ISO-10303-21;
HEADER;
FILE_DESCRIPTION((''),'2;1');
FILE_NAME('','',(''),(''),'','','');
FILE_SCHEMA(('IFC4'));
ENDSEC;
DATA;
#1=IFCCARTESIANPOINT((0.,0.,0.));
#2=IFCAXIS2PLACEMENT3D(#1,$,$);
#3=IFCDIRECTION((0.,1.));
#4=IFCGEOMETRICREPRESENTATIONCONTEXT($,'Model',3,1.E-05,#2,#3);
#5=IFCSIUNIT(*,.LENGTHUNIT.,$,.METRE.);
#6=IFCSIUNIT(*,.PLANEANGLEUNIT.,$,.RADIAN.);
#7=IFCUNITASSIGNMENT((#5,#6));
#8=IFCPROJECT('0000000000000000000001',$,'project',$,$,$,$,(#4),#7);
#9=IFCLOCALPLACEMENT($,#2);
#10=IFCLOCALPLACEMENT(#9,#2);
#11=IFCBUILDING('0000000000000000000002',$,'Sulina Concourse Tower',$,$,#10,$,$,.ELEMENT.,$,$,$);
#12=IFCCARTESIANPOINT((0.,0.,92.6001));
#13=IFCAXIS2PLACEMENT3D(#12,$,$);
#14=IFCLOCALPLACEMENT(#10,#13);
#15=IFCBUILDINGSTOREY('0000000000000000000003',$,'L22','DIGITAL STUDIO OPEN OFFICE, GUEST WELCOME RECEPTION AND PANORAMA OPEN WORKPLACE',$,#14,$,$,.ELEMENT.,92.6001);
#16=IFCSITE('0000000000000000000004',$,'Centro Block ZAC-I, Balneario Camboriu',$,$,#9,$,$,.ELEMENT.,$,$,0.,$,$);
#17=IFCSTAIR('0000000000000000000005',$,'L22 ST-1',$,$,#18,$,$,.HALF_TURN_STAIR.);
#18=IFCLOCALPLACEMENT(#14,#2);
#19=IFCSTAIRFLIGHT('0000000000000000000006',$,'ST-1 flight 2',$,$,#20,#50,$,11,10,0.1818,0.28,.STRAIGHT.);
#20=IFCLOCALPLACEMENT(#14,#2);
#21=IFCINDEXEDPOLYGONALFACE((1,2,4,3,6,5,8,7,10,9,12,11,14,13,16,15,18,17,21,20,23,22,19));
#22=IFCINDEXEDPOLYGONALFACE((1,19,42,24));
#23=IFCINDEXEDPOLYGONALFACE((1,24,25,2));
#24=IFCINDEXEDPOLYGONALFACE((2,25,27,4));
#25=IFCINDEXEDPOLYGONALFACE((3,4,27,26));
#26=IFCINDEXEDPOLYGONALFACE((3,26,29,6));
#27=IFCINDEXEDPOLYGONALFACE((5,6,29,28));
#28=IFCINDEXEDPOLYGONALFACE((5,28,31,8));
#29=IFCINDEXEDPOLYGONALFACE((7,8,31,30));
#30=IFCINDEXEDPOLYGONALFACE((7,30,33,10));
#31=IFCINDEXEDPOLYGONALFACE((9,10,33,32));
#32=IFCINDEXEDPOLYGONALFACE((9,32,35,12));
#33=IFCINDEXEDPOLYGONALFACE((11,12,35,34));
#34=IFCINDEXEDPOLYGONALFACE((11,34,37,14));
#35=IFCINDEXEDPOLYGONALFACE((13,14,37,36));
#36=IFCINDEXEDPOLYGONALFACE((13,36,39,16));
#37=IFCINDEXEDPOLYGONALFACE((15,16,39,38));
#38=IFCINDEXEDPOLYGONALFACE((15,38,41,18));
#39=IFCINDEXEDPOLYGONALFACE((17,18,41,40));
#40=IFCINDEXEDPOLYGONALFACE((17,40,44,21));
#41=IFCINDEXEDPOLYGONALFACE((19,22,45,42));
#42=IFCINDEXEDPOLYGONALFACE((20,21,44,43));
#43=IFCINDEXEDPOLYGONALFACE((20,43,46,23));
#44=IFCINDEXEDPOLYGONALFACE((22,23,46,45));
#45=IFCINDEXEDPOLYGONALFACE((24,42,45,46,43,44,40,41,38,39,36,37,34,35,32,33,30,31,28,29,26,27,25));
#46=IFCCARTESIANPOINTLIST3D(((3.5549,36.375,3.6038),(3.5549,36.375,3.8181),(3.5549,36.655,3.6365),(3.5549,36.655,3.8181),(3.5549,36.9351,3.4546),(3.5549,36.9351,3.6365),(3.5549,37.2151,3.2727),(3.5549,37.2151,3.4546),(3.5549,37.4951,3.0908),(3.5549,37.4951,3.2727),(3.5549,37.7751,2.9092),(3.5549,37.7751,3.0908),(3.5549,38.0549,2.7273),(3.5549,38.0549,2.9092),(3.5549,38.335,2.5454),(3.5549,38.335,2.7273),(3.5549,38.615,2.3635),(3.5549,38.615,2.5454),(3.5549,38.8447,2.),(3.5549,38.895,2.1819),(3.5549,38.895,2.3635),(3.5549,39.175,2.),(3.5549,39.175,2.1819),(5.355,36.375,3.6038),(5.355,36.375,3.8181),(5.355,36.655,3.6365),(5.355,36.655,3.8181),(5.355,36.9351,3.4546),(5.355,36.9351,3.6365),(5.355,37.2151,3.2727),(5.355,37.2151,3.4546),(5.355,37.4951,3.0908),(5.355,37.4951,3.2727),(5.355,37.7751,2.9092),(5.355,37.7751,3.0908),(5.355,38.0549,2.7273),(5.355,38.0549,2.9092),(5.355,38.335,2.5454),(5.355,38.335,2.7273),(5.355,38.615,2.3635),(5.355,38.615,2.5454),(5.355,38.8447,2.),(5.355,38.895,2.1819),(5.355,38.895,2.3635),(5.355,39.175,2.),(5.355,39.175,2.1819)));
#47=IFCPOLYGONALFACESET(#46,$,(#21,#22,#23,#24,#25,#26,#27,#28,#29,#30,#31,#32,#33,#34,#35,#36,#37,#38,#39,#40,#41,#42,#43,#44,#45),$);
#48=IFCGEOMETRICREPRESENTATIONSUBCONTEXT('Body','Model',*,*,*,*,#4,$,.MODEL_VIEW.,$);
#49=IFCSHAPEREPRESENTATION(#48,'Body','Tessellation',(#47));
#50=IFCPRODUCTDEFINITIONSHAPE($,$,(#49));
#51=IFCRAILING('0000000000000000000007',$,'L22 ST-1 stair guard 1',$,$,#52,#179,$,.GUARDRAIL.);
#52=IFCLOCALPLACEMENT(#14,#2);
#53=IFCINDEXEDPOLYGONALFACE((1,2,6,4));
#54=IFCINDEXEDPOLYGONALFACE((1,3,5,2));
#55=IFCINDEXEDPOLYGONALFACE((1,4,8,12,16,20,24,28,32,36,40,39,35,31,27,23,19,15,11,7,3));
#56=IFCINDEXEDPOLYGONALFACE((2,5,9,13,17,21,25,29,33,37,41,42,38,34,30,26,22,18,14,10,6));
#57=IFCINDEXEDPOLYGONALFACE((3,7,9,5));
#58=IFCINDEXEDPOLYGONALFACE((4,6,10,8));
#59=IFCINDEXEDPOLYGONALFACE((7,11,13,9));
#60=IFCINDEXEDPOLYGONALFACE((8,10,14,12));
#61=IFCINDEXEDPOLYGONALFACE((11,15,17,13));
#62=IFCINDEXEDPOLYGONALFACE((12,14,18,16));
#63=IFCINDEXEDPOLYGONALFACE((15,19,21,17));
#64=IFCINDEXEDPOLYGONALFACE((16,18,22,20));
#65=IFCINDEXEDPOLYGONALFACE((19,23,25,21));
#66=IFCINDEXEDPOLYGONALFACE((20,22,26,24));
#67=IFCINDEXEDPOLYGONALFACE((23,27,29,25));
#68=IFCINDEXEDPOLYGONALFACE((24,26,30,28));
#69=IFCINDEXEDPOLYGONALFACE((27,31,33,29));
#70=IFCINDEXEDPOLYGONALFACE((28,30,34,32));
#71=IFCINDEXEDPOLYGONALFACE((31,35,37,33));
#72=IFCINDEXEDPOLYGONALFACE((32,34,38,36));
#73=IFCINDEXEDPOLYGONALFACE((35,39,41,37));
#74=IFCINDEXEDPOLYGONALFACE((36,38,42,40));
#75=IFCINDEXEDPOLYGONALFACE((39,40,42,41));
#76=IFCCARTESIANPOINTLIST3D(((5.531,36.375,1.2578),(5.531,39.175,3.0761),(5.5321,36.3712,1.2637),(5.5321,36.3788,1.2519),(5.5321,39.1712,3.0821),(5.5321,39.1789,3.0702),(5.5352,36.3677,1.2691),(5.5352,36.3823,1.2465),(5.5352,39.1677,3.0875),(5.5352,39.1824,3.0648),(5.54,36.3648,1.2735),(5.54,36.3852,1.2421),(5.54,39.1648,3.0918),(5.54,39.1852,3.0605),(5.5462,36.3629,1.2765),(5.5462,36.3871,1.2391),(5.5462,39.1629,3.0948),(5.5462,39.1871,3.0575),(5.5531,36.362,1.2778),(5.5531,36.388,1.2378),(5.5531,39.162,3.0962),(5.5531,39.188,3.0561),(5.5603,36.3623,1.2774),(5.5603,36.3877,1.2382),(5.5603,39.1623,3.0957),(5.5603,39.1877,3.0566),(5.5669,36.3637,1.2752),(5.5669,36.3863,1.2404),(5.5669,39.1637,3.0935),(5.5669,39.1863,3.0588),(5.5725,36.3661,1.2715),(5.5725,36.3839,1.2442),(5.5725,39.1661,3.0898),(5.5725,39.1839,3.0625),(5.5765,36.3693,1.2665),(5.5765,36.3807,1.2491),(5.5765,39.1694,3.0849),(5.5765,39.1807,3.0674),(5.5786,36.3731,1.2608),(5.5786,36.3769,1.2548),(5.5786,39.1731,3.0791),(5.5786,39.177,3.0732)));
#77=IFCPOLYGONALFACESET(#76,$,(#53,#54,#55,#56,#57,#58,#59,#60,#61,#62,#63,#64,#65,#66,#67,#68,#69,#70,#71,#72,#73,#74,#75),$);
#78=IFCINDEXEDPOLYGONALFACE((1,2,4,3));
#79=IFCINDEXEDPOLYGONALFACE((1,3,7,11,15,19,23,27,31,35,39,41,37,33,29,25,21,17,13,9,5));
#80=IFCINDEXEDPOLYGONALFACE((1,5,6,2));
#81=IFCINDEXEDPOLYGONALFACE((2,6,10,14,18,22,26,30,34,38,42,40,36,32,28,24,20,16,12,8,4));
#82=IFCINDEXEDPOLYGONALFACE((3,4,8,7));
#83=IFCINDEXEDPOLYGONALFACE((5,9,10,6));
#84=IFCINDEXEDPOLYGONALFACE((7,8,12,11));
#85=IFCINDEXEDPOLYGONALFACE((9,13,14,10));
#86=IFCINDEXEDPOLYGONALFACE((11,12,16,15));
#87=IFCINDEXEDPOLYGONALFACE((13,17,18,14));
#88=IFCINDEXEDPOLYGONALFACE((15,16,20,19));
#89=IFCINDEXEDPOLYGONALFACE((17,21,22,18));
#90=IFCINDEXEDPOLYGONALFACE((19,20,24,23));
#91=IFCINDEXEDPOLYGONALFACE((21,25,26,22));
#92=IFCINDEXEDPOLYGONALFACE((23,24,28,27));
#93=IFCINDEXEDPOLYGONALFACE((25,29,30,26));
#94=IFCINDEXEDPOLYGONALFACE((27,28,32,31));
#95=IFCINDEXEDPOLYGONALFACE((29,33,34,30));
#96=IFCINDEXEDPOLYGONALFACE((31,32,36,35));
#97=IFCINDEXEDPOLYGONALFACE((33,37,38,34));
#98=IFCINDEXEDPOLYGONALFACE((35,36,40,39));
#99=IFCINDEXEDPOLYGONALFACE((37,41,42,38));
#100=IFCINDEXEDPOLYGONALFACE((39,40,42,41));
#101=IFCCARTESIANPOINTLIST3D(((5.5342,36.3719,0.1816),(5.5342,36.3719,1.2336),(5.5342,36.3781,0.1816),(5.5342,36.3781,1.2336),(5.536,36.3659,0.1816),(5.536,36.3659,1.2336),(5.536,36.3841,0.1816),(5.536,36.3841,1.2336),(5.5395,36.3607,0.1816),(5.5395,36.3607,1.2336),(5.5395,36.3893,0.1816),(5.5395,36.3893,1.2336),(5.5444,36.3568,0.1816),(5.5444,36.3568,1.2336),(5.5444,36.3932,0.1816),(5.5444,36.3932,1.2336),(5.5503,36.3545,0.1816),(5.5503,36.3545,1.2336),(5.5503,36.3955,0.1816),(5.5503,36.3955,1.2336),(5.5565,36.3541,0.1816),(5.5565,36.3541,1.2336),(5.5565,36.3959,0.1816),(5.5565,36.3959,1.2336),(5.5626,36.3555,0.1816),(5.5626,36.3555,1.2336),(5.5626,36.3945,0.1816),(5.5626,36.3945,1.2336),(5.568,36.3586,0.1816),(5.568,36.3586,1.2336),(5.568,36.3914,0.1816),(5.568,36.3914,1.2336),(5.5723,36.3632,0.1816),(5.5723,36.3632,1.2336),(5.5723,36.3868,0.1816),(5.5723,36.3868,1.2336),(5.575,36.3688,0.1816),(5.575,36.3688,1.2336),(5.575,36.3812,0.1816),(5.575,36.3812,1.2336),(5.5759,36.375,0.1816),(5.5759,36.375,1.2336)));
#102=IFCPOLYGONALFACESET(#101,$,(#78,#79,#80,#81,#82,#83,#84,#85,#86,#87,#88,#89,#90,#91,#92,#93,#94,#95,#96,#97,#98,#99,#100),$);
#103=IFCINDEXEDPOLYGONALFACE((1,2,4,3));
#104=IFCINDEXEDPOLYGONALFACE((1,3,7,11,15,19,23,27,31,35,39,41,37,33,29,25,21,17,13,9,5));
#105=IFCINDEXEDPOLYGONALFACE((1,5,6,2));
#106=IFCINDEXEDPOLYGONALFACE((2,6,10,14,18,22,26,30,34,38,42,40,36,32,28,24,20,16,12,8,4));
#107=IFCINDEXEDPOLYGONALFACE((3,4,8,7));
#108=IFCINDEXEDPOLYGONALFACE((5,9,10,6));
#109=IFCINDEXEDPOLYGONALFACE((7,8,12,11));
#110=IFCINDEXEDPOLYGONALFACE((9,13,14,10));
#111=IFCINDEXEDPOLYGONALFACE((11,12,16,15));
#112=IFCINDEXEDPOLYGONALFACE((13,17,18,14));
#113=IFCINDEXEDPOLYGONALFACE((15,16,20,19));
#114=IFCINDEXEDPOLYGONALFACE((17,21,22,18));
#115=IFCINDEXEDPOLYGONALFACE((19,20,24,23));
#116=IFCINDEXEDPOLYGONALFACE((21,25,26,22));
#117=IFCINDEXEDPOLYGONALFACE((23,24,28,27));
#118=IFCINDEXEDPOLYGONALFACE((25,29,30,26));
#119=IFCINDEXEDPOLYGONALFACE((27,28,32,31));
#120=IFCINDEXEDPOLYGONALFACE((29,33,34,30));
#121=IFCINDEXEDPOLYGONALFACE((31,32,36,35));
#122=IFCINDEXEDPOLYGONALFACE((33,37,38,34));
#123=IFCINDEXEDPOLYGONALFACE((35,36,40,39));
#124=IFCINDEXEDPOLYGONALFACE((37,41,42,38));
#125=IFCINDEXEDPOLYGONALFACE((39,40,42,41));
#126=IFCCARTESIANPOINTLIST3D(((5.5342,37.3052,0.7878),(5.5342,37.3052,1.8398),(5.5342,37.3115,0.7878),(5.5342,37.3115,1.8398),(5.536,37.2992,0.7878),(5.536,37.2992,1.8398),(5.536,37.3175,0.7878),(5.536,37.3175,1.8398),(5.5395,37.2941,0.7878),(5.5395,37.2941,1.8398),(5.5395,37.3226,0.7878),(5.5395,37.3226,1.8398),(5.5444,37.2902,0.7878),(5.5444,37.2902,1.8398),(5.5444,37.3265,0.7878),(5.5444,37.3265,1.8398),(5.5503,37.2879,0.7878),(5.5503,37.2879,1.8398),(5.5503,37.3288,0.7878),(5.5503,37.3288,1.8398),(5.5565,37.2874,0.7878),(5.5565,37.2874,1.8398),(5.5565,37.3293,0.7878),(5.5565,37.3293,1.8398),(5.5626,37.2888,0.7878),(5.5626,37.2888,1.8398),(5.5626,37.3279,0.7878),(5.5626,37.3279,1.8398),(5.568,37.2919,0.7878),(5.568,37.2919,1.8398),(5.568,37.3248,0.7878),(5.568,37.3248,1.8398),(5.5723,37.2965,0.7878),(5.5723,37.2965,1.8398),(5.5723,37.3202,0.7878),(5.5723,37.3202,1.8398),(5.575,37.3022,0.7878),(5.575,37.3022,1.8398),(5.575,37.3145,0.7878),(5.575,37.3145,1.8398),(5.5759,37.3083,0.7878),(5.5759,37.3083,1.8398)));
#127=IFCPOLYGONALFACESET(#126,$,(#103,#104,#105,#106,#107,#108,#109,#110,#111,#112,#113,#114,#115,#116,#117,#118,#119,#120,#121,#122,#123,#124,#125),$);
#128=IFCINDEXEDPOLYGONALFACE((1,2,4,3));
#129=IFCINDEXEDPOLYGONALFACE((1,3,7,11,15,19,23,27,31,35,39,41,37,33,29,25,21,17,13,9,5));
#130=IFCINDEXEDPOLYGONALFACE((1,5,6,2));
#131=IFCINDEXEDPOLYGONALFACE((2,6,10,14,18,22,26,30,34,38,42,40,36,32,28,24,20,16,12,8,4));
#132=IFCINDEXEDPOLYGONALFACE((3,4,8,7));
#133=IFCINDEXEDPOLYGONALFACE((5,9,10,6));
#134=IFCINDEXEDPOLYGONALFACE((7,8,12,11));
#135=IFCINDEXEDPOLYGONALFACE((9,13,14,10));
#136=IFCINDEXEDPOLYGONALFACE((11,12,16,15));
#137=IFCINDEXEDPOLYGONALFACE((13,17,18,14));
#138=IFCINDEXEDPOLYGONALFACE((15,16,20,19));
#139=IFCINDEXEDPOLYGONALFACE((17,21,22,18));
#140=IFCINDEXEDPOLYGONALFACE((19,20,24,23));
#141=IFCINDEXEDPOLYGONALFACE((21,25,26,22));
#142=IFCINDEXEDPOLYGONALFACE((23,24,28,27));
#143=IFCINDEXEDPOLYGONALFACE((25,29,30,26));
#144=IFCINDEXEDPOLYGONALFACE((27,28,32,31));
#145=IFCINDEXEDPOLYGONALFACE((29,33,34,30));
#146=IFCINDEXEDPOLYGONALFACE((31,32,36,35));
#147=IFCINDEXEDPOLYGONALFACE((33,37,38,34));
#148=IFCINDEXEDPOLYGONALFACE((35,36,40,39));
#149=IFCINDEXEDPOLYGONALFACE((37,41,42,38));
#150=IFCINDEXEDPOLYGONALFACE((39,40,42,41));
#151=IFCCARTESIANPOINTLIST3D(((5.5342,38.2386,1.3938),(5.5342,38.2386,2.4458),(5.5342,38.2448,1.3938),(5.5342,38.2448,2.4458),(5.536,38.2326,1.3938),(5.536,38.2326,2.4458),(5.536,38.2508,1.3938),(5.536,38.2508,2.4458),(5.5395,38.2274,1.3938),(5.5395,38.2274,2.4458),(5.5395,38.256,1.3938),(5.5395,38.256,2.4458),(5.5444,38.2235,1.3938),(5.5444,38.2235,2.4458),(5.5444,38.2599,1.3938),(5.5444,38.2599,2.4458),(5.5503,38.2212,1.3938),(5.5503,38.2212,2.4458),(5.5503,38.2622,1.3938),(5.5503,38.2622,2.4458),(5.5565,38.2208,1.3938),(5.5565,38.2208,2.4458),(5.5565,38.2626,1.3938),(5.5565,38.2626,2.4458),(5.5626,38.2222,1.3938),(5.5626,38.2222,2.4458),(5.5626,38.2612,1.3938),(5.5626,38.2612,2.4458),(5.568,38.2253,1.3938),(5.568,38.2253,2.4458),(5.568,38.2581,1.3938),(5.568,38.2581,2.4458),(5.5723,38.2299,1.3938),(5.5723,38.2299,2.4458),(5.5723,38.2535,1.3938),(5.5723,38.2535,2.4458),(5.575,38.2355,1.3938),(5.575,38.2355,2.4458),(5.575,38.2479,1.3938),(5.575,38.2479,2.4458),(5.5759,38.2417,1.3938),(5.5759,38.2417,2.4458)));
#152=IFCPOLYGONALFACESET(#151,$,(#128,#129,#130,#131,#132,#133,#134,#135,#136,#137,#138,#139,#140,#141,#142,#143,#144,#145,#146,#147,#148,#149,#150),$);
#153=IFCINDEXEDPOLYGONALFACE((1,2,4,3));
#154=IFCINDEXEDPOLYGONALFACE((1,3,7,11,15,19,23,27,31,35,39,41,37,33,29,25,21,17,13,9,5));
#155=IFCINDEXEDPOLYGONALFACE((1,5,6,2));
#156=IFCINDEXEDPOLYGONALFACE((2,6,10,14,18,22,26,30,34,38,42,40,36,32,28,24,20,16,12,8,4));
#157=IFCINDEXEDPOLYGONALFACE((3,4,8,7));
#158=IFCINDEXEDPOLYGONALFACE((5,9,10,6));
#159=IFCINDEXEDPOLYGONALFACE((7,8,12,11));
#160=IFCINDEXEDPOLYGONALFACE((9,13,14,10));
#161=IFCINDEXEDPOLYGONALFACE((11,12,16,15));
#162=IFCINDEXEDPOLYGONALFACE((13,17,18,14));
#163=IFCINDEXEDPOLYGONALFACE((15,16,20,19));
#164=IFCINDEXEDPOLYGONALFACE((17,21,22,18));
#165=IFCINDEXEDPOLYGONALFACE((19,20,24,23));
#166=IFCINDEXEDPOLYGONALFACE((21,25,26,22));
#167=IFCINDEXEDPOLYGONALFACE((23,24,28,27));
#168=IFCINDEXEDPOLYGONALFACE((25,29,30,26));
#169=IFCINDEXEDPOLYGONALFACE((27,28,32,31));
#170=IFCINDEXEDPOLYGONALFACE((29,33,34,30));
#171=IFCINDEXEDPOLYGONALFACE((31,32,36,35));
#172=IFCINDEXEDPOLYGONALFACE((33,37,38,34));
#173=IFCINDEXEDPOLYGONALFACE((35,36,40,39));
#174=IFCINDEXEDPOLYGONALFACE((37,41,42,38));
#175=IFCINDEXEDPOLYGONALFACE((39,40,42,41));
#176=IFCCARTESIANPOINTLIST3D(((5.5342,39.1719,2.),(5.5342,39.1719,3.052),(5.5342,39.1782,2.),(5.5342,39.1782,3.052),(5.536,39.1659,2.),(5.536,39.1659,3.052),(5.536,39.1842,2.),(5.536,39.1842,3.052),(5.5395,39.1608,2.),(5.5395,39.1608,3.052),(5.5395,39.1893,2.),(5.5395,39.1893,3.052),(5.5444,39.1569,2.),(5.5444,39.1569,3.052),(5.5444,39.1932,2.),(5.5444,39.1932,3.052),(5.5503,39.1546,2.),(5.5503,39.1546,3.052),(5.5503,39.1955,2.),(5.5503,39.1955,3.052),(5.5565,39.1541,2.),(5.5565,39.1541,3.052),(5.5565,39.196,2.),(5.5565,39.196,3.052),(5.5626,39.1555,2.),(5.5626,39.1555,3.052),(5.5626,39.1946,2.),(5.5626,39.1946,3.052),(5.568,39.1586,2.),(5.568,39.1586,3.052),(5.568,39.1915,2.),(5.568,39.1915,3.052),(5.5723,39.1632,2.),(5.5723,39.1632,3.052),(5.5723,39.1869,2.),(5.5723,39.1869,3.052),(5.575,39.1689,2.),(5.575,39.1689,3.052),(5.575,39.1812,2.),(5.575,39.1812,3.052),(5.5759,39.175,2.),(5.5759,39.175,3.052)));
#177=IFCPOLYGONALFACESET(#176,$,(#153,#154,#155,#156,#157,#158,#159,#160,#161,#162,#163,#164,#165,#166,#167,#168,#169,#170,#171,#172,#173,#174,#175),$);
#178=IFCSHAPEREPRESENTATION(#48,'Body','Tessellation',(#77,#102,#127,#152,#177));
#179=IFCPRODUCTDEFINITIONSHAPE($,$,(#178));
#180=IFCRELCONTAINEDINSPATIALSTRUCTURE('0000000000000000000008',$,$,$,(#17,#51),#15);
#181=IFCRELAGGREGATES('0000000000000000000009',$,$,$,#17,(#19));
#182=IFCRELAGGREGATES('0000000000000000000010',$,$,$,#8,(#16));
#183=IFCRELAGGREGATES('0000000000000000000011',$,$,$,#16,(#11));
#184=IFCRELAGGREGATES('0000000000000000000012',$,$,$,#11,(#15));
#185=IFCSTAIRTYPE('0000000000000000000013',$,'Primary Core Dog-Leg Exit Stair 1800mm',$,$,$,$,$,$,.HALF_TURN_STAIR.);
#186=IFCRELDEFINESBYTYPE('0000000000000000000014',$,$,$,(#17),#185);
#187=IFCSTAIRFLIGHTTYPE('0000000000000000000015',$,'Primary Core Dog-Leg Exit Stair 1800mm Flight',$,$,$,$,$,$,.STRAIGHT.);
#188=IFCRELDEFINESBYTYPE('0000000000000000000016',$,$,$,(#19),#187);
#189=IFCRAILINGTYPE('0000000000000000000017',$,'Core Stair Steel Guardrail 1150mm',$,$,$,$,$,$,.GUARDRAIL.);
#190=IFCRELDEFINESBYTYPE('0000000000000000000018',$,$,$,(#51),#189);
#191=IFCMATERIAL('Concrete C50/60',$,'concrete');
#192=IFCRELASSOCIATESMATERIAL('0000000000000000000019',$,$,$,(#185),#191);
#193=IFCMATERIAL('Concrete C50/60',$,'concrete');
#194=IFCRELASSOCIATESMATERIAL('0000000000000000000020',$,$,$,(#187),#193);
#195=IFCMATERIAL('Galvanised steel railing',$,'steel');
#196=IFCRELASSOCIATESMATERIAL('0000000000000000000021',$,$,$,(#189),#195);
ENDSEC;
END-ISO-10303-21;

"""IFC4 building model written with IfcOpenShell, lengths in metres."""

from ifc_helpers import new_model, si_unit, direction, frame, origin, origin_2d, place, context, subcontext, project, spatial, polyline, circle, outline, extrude, material, type_object, element, aggregate, save


model = new_model("IFC4")

# Units and contexts
model_context = context("Model", 3, precision=1e-05, world=origin(), true_north=direction((0.0, 1.0)))
body_context = subcontext(model_context, "Body", "Model", "MODEL_VIEW")
ifc_project = project(units=[si_unit("LENGTHUNIT", "METRE"), si_unit("PLANEANGLEUNIT", "RADIAN")], contexts=[model_context])

# Site, building, storey
site_placement = place(None, origin())
site = spatial("IfcSite", under=ifc_project, at=site_placement, Name="Centro Block ZAC-I, Balneario Camboriu", CompositionType="ELEMENT", RefElevation=0.0)
building_placement = place(site_placement, origin())
building = spatial("IfcBuilding", under=site, at=building_placement, Name="Sulina Concourse Tower", CompositionType="ELEMENT")
storey_placement = place(building_placement, frame((0.0, 0.0, 92.6001)))
storey = spatial("IfcBuildingStorey", under=building, at=storey_placement, Name="L22", Description="DIGITAL STUDIO OPEN OFFICE, GUEST WELCOME RECEPTION AND PANORAMA OPEN WORKPLACE", CompositionType="ELEMENT", Elevation=92.6001)

# Stair, stair flight
ifc_material_1 = material(Name="Concrete C50/60", Category="concrete")
stair_type = type_object("IfcStairType", Name="Primary Core Dog-Leg Exit Stair 1800mm", PredefinedType="HALF_TURN_STAIR", material=ifc_material_1)
stair_placement = place(storey_placement, origin())
stair = element("IfcStair", 1, at=stair_placement, inside=storey, type_object=stair_type, Name="L22 ST-1", PredefinedType="HALF_TURN_STAIR")
ifc_material_2 = material(Name="Concrete C50/60", Category="concrete")
stair_flight_type = type_object("IfcStairFlightType", Name="Primary Core Dog-Leg Exit Stair 1800mm Flight", PredefinedType="STRAIGHT", material=ifc_material_2)
stair_flight_1_placement = place(storey_placement, frame((4.4551, 39.175, 2.0), z_axis=(0.0, 0.0, 1.0), x_axis=(0.0, -1.0, 0.0)))
stair_flight_1 = element("IfcStairFlight", 2, at=stair_flight_1_placement, type_object=stair_flight_type, Name="ST-1 flight 2", NumberOfRisers=11, NumberOfTreads=10, PredefinedType="STRAIGHT", RiserHeight=0.1818, TreadLength=0.28, context=body_context, shape_type="SweptSolid", body=[
    extrude(outline(polyline([(0.0, 0.0), (0.0, 0.1819), (0.28, 0.1819), (0.28, 0.3635), (0.5601, 0.3635), (0.5601, 0.5454), (0.8401, 0.5454), (0.8401, 0.7273), (1.1201, 0.7273), (1.1201, 0.9092), (1.3999, 0.9092), (1.3999, 1.0908), (1.6799, 1.0908), (1.6799, 1.2727), (1.96, 1.2727), (1.96, 1.4546), (2.24, 1.4546), (2.24, 1.6365), (2.52, 1.6365), (2.52, 1.8181), (2.8, 1.8181), (2.8, 2.0), (2.8, 1.6038), (0.3303, 0.0), (0.0, 0.0)])), frame((0.0, 0.8999, 0.0), z_axis=(0.0, -1.0, 0.0), x_axis=(1.0, 0.0, 0.0)), (0.0, 0.0, 1.0), 1.8),
])
aggregate(stair, [stair_flight_1])

# Railing
ifc_material_3 = material(Name="Galvanised steel railing", Category="steel")
railing_type_1 = type_object("IfcRailingType", Name="Core Stair Steel Guardrail 1150mm", PredefinedType="GUARDRAIL", material=ifc_material_3)
railing_1_placement = place(storey_placement, frame((5.5549, 36.375, 0.1816)))
element("IfcRailing", 3, at=railing_1_placement, inside=storey, type_object=railing_type_1, Name="L22 ST-1 stair guard 1", PredefinedType="GUARDRAIL", context=body_context, shape_type="SweptSolid", body=[
    extrude(circle(Radius=0.0239, at=origin_2d()), frame((0.0, 0.0, 1.0762), z_axis=(0.0, 0.838672, 0.544636), x_axis=(-1.0, 0.0, 0.0)), (0.0, 0.0, 1.0), 3.3386),
    extrude(circle(Radius=0.021, at=origin_2d()), origin(), (0.0, 0.0, 1.0), 1.052),
    extrude(circle(Radius=0.021, at=origin_2d()), frame((0.0, 0.9333, 0.6062)), (0.0, 0.0, 1.0), 1.052),
    extrude(circle(Radius=0.021, at=origin_2d()), frame((0.0, 1.8667, 1.2122)), (0.0, 0.0, 1.0), 1.052),
    extrude(circle(Radius=0.021, at=origin_2d()), frame((0.0, 2.8, 1.8184)), (0.0, 0.0, 1.0), 1.052),
])

save(model, "model.ifc")
